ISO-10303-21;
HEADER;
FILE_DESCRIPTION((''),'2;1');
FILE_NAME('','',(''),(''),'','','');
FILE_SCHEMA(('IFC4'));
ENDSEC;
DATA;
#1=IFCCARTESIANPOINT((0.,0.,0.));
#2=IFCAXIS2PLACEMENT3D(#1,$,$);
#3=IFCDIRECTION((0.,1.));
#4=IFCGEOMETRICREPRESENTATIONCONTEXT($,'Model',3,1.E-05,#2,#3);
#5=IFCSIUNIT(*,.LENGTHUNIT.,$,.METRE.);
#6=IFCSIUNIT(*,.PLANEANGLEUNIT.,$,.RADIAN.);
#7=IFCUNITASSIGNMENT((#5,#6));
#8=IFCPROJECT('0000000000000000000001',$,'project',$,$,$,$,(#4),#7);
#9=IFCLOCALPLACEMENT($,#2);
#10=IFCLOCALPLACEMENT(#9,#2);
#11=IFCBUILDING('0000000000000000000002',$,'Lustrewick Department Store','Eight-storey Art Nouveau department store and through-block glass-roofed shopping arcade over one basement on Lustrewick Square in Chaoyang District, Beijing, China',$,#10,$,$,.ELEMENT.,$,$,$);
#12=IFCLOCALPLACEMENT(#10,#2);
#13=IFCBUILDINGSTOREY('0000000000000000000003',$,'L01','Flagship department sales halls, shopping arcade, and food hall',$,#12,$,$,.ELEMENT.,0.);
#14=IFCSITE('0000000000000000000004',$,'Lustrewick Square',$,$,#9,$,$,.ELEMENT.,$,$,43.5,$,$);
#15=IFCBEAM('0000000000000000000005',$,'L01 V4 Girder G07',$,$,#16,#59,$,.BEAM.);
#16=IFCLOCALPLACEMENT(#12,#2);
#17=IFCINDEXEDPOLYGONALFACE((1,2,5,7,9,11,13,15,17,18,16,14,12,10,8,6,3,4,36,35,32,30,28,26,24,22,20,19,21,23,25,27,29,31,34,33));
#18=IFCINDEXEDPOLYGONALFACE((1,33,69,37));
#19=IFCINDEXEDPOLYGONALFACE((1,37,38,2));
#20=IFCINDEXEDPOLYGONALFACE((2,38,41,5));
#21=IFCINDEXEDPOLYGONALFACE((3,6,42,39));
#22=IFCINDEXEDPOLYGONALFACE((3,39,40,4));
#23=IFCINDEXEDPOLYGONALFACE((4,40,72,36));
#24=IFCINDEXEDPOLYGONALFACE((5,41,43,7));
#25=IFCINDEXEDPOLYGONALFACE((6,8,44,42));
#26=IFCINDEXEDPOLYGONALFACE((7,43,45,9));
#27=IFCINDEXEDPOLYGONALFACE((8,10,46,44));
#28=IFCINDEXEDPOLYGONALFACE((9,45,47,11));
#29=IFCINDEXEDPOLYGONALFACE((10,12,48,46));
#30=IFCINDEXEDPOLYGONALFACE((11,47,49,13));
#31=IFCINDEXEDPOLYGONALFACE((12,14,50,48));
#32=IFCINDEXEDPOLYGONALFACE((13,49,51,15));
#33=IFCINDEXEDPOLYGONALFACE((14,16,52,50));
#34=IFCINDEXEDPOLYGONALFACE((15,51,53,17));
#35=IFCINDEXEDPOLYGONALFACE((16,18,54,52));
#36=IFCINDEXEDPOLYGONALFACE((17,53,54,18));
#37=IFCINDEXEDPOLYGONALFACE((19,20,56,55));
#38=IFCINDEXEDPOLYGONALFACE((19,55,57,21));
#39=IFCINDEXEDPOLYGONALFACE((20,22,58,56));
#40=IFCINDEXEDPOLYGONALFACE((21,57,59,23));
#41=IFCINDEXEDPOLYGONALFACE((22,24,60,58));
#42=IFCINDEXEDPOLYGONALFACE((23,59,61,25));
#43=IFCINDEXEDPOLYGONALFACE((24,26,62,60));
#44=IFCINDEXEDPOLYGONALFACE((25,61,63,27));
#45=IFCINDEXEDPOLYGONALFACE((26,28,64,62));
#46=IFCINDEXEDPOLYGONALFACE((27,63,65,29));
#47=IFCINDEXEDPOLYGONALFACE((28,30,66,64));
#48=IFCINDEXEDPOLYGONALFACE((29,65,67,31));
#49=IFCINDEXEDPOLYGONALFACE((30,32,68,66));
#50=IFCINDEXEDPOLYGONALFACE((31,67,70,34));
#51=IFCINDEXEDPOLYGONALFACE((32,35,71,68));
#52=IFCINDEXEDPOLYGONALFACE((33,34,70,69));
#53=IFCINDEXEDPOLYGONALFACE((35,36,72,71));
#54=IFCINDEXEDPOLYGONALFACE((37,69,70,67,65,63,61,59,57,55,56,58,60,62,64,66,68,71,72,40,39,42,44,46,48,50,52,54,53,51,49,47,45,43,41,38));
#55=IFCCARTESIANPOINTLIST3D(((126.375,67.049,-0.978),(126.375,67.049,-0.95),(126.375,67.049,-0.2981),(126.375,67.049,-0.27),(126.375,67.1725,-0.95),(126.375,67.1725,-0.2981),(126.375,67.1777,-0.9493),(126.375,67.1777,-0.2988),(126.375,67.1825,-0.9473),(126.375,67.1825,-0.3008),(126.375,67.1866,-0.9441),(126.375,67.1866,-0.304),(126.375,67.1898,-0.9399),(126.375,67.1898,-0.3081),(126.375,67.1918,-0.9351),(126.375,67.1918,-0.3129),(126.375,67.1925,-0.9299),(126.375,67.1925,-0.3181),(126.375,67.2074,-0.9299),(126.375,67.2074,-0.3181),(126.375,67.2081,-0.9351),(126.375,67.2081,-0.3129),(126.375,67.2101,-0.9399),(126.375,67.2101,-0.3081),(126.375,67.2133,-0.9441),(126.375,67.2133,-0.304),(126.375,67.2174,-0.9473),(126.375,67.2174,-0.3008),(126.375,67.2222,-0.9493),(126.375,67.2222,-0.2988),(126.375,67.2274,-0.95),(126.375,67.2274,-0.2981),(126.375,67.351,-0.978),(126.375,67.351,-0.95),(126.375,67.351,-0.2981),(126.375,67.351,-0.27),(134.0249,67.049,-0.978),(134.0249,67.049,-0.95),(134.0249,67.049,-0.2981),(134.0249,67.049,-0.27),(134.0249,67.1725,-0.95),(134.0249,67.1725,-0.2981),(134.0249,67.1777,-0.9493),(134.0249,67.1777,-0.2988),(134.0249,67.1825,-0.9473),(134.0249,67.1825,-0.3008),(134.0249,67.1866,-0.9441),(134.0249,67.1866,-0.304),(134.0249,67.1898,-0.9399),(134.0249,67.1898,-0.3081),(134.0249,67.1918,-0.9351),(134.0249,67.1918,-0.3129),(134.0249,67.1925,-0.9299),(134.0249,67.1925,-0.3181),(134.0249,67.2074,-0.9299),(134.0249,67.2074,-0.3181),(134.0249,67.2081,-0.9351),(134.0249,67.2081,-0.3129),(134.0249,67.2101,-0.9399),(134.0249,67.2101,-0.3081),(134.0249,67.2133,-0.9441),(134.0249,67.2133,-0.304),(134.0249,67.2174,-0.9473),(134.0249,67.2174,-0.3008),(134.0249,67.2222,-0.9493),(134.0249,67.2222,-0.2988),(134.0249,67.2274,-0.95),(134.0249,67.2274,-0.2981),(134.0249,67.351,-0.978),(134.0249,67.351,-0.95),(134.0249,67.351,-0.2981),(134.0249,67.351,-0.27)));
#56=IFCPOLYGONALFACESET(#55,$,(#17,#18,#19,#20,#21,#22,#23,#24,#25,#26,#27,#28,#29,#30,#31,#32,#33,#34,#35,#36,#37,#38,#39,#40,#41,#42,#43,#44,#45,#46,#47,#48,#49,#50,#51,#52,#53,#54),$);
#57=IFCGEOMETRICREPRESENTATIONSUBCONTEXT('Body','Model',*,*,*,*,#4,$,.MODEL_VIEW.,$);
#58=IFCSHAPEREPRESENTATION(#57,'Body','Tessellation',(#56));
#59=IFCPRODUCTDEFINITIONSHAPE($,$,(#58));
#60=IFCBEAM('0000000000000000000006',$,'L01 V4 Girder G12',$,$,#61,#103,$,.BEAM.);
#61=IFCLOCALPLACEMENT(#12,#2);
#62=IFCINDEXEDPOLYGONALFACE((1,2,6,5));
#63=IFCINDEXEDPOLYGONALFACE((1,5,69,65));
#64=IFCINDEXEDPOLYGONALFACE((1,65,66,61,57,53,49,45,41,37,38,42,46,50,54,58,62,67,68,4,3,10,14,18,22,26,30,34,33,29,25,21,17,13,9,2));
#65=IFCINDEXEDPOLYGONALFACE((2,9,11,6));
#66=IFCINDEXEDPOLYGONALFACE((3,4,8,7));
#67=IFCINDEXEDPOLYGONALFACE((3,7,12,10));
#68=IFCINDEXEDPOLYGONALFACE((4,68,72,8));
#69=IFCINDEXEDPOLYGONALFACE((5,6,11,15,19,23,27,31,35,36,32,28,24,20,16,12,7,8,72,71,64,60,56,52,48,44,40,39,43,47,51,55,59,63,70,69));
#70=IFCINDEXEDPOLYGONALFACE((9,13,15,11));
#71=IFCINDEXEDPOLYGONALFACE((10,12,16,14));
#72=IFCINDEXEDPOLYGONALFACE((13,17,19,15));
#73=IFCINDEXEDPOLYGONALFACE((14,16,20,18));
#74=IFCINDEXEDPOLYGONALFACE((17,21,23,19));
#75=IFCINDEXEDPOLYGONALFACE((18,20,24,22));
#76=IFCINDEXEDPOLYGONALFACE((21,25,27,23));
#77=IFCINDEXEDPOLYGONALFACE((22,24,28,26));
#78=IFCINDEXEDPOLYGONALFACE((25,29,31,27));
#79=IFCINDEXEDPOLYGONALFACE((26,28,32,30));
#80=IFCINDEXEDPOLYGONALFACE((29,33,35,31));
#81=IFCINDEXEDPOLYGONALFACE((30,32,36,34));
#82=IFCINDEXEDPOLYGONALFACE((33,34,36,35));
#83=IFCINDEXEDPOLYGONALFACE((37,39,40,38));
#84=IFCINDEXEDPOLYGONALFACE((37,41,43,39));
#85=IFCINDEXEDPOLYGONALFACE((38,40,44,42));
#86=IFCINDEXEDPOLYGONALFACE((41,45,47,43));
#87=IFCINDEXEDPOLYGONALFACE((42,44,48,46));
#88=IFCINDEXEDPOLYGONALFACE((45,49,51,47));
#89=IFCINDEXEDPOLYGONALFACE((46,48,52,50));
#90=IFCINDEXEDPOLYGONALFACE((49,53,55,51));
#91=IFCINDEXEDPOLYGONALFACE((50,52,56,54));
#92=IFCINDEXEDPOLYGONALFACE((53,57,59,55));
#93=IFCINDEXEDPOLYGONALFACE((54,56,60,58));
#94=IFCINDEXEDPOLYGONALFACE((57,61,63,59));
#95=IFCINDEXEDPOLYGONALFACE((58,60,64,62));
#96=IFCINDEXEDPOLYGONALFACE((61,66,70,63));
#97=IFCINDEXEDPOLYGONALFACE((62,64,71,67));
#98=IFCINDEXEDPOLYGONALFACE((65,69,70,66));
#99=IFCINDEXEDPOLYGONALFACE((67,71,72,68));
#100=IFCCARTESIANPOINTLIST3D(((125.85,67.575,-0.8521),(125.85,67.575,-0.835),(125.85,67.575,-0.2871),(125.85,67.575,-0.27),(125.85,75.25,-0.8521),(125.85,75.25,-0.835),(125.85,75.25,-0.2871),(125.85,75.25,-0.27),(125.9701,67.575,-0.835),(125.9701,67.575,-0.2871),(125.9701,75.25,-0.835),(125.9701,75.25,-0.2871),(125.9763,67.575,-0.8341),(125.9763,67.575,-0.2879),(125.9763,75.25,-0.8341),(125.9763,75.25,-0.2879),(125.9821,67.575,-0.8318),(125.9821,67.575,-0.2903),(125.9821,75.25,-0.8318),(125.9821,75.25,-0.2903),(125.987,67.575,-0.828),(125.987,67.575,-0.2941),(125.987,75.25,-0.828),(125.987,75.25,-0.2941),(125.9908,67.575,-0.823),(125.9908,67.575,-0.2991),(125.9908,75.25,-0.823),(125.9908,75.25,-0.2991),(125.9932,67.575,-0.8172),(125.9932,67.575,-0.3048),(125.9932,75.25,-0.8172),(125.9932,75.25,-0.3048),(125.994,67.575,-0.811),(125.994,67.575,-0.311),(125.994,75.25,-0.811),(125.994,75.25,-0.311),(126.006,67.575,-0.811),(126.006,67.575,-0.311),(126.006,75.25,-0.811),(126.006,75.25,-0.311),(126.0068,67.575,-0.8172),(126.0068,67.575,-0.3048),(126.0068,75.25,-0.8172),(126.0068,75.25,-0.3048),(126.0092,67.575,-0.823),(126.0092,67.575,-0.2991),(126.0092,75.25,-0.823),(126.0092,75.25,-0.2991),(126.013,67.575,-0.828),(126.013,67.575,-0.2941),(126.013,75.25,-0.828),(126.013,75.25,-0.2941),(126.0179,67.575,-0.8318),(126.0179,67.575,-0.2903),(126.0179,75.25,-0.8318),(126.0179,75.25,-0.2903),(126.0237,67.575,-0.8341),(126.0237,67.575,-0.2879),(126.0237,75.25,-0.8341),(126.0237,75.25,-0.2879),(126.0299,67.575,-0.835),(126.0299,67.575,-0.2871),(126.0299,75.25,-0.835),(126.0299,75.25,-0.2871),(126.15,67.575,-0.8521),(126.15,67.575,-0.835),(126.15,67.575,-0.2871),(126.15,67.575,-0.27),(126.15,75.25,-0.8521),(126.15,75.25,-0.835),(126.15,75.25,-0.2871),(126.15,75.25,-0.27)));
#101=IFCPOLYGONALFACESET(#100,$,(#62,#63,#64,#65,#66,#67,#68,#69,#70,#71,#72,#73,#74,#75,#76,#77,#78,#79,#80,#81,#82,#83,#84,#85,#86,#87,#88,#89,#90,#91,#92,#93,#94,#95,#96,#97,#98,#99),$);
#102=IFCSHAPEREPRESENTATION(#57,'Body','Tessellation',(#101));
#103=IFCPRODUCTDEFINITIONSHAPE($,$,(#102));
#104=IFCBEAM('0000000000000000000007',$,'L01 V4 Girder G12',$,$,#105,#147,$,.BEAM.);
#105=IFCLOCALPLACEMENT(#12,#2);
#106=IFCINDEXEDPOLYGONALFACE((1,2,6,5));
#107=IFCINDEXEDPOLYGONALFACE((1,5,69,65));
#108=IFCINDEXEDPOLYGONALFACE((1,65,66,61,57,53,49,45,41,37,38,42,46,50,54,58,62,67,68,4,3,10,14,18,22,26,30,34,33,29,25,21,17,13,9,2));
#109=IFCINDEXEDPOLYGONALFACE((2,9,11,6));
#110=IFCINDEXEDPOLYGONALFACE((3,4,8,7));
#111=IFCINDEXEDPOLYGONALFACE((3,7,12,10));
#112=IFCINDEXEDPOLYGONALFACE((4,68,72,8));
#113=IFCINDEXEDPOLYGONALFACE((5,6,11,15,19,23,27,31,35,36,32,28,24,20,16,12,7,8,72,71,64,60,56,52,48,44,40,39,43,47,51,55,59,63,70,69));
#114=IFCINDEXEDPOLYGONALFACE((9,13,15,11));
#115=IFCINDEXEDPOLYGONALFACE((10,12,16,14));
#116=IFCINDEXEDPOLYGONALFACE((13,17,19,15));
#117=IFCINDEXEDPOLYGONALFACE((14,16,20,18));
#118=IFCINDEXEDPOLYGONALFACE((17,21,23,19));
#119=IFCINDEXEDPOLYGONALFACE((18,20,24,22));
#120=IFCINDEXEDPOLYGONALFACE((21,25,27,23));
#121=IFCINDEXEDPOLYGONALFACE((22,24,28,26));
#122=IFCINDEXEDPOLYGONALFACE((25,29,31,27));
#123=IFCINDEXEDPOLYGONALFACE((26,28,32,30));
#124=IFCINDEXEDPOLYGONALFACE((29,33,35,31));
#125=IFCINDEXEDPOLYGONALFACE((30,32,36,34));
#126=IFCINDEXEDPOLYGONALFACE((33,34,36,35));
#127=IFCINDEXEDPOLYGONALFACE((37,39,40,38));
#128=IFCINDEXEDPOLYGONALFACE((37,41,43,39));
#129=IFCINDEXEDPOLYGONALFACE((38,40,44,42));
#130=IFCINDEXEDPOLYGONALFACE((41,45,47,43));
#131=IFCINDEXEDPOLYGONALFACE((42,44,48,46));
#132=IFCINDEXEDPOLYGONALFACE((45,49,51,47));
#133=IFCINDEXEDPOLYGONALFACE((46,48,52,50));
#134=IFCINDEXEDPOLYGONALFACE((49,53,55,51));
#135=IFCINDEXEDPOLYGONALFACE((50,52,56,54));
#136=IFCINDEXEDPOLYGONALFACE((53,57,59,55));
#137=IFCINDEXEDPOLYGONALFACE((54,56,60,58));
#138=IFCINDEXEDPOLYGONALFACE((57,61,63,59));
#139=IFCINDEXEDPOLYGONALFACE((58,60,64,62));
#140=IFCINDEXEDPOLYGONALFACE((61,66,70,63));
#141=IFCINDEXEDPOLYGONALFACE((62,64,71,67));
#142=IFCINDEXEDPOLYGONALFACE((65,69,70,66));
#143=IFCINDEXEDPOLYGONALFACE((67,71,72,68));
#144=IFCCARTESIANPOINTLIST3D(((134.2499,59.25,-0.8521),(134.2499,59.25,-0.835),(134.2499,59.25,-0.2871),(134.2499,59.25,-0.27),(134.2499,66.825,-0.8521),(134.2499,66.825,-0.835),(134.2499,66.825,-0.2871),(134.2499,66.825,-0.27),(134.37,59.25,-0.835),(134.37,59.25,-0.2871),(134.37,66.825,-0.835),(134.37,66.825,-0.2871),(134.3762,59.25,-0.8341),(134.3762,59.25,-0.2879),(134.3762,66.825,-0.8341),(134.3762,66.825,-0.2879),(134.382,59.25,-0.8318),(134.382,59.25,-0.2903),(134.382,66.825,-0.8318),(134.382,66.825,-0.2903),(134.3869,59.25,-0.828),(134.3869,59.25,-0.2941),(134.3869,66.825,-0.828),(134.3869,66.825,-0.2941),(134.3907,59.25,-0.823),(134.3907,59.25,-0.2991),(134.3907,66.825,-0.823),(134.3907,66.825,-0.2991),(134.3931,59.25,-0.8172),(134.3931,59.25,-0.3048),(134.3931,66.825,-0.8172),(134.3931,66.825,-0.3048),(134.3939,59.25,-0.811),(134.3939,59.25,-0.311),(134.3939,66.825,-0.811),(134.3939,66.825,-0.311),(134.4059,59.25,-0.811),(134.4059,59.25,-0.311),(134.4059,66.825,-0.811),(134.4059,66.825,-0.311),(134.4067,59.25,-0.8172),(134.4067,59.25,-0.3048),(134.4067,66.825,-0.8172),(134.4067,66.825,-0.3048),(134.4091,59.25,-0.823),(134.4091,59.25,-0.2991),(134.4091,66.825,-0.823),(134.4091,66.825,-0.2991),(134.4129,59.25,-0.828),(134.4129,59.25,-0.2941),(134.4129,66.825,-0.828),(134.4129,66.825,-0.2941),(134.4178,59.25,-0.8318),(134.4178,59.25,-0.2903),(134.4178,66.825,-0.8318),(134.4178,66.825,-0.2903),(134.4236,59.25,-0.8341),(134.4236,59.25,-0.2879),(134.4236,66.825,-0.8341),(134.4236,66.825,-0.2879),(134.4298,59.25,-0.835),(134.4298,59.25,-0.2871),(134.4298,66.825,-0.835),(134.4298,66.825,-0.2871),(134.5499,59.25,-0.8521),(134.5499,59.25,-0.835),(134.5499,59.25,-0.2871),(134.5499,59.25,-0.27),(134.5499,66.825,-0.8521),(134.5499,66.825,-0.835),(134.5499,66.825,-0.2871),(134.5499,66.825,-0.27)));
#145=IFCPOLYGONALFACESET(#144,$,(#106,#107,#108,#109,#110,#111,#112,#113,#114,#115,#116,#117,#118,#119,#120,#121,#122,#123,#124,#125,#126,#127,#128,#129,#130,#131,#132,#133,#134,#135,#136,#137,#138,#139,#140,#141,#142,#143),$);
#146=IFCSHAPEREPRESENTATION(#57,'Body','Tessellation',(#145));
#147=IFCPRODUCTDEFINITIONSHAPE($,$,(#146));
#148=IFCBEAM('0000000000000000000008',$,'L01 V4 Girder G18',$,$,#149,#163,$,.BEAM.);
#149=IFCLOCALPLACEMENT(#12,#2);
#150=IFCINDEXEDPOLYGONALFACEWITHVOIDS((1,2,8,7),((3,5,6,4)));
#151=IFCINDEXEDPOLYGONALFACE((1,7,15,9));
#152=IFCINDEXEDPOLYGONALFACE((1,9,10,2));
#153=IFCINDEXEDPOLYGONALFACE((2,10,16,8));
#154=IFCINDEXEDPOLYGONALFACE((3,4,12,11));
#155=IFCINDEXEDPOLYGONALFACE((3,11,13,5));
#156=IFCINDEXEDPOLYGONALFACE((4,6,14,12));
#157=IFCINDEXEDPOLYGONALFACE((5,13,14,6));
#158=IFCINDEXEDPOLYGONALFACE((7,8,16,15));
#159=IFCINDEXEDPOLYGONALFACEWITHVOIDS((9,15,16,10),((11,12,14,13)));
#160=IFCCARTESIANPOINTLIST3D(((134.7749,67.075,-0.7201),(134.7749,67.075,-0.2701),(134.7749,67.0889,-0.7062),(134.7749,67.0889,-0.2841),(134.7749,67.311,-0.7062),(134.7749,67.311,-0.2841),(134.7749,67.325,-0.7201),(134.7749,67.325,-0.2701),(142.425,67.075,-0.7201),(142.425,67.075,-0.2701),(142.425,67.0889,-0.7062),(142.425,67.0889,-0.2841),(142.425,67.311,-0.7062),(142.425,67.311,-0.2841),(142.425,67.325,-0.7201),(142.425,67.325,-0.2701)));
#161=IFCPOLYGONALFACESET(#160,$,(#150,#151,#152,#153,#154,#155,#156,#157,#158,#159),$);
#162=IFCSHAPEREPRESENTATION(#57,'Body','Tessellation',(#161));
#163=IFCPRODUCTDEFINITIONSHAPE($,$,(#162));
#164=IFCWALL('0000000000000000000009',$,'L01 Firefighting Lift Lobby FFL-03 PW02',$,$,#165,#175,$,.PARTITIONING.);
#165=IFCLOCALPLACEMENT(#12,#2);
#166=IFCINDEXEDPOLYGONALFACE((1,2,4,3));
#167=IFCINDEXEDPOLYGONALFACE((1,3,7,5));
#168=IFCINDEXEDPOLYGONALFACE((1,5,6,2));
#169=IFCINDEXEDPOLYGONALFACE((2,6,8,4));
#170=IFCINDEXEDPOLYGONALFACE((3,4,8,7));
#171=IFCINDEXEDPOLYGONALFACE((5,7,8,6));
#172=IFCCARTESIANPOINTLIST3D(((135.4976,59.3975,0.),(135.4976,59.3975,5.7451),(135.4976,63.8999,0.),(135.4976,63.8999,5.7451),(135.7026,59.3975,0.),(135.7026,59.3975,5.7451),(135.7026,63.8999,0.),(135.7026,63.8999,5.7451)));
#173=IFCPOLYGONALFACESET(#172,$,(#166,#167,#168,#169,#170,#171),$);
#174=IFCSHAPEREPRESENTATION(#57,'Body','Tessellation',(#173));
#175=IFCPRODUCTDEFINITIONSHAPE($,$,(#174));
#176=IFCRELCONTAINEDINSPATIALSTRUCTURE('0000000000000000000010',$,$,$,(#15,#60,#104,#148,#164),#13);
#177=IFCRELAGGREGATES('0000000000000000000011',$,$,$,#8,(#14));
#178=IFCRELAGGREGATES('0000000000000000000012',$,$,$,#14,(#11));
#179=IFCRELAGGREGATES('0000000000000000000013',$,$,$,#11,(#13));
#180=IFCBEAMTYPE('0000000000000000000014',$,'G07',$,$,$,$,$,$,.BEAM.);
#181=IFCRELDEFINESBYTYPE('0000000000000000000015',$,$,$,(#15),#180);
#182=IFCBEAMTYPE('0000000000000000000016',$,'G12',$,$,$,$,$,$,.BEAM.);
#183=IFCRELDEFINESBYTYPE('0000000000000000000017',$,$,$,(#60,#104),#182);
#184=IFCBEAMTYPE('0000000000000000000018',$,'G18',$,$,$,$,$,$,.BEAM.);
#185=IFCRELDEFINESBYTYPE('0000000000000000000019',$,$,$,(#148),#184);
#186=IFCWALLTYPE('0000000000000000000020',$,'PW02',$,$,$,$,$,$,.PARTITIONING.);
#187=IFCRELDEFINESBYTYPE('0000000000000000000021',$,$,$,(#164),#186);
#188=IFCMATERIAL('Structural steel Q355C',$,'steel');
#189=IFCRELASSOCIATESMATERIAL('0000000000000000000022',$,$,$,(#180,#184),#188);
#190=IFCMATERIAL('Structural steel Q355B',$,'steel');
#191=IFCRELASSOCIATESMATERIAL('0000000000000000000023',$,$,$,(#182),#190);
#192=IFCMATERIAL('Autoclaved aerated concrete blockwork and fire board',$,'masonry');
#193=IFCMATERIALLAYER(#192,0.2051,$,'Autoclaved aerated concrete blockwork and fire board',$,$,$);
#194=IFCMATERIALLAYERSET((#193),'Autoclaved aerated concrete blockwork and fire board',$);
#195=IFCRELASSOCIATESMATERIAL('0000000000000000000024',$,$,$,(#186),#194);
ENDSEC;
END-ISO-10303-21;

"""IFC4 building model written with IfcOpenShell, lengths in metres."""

from ifc_helpers import new_model, si_unit, direction, frame, frame_2d, origin, origin_2d, place, context, subcontext, project, spatial, rectangle, hollow_rectangle, i_section, extrude, material, layer, layer_set, material_profile, profile_set, type_object, element, save


model = new_model("IFC4")

# Units and contexts
model_context = context("Model", 3, precision=1e-05, world=origin(), true_north=direction((0.0, 1.0)))
body_context = subcontext(model_context, "Body", "Model", "MODEL_VIEW")
ifc_project = project(units=[si_unit("LENGTHUNIT", "METRE"), si_unit("PLANEANGLEUNIT", "RADIAN")], contexts=[model_context])

# Site, building, storey
site_placement = place(None, origin())
site = spatial("IfcSite", under=ifc_project, at=site_placement, Name="Lustrewick Square", CompositionType="ELEMENT", RefElevation=43.5)
building_placement = place(site_placement, origin())
building = spatial("IfcBuilding", under=site, at=building_placement, Name="Lustrewick Department Store", Description="Eight-storey Art Nouveau department store and through-block glass-roofed shopping arcade over one basement on Lustrewick Square in Chaoyang District, Beijing, China", CompositionType="ELEMENT")
storey_placement = place(building_placement, origin())
storey = spatial("IfcBuildingStorey", under=building, at=storey_placement, Name="L01", Description="Flagship department sales halls, shopping arcade, and food hall", CompositionType="ELEMENT", Elevation=0.0)

# Shared definitions
ifc_material_1 = material(Name="Structural steel Q355B", Category="steel")

# Beams
ifc_material_2 = material(Name="Structural steel Q355C", Category="steel")
ifc_material_profile_1 = material_profile(ifc_material_2, i_section(OverallWidth=0.302, OverallDepth=0.708, WebThickness=0.0149, FlangeThickness=0.0281, FilletRadius=0.02, at=origin_2d()), Name="HN 708x302x15x28")
ifc_profile_set_1 = profile_set([ifc_material_profile_1], Name="Structural steel Q355C")
beam_type_1 = type_object("IfcBeamType", Name="G07", PredefinedType="BEAM", material=ifc_profile_set_1)
beam_1_placement = place(storey_placement, frame((126.375, 67.2, -0.624), z_axis=(1.0, 0.0, 0.0), x_axis=(0.0, 1.0, 0.0)))
element("IfcBeam", 1, at=beam_1_placement, inside=storey, type_object=beam_type_1, Name="L01 V4 Girder G07", PredefinedType="BEAM", context=body_context, shape_type="SweptSolid", body=[
    extrude(i_section(OverallWidth=0.302, OverallDepth=0.708, WebThickness=0.0149, FlangeThickness=0.0281, FilletRadius=0.02, at=origin_2d()), origin(), (0.0, 0.0, 1.0), 7.6499),
])
ifc_material_profile_2 = material_profile(ifc_material_1, i_section(OverallWidth=0.3, OverallDepth=0.582, WebThickness=0.012, FlangeThickness=0.0171, FilletRadius=0.0239, at=origin_2d()), Name="HM 582x300x12x17")
ifc_profile_set_2 = profile_set([ifc_material_profile_2], Name="Structural steel Q355B")
beam_type_2 = type_object("IfcBeamType", Name="G12", PredefinedType="BEAM", material=ifc_profile_set_2)
beam_2_placement = place(storey_placement, frame((126.0, 67.575, -0.561), z_axis=(0.0, 1.0, 0.0), x_axis=(-1.0, 0.0, 0.0)))
element("IfcBeam", 2, at=beam_2_placement, inside=storey, type_object=beam_type_2, Name="L01 V4 Girder G12", PredefinedType="BEAM", context=body_context, shape_type="SweptSolid", body=[
    extrude(i_section(OverallWidth=0.3, OverallDepth=0.582, WebThickness=0.012, FlangeThickness=0.0171, FilletRadius=0.0239, at=origin_2d()), origin(), (0.0, 0.0, 1.0), 7.675),
])
beam_3_placement = place(storey_placement, frame((134.3999, 59.25, -0.561), z_axis=(0.0, 1.0, 0.0), x_axis=(-1.0, 0.0, 0.0)))
element("IfcBeam", 3, at=beam_3_placement, inside=storey, type_object=beam_type_2, Name="L01 V4 Girder G12", PredefinedType="BEAM", context=body_context, shape_type="SweptSolid", body=[
    extrude(i_section(OverallWidth=0.3, OverallDepth=0.582, WebThickness=0.012, FlangeThickness=0.0171, FilletRadius=0.0239, at=origin_2d()), origin(), (0.0, 0.0, 1.0), 7.575),
])
ifc_material_profile_3 = material_profile(ifc_material_2, hollow_rectangle(XDim=0.25, YDim=0.45, WallThickness=0.0139, at=origin_2d()), Name="RHS 450x250x14")
ifc_profile_set_3 = profile_set([ifc_material_profile_3], Name="Structural steel Q355C")
beam_type_3 = type_object("IfcBeamType", Name="G18", PredefinedType="BEAM", material=ifc_profile_set_3)
beam_4_placement = place(storey_placement, frame((134.7749, 67.2, -0.4951), z_axis=(1.0, 0.0, 0.0), x_axis=(0.0, 1.0, 0.0)))
element("IfcBeam", 4, at=beam_4_placement, inside=storey, type_object=beam_type_3, Name="L01 V4 Girder G18", PredefinedType="BEAM", context=body_context, shape_type="SweptSolid", body=[
    extrude(hollow_rectangle(XDim=0.25, YDim=0.45, WallThickness=0.0139, at=origin_2d()), origin(), (0.0, 0.0, 1.0), 7.6501),
])

# Shared definitions
ifc_material_3 = material(Name="Autoclaved aerated concrete blockwork and fire board", Category="masonry")
ifc_layer_1 = layer(ifc_material_3, 0.2051, Name="Autoclaved aerated concrete blockwork and fire board")
ifc_layer_set_1 = layer_set([ifc_layer_1], Name="Autoclaved aerated concrete blockwork and fire board")
wall_type_1 = type_object("IfcWallType", Name="PW02", PredefinedType="PARTITIONING", material=ifc_layer_set_1)

# Wall
wall_1_placement = place(storey_placement, frame((135.6001, 63.8999, 0.0), z_axis=(0.0, 0.0, 1.0), x_axis=(0.0, -1.0, 0.0)))
element("IfcWall", 5, at=wall_1_placement, inside=storey, type_object=wall_type_1, Name="L01 Firefighting Lift Lobby FFL-03 PW02", PredefinedType="PARTITIONING", context=body_context, shape_type="SweptSolid", body=[
    extrude(rectangle(XDim=4.5024, YDim=0.2051, at=frame_2d((2.2512, 0.0))), origin(), (0.0, 0.0, 1.0), 5.7451),
])

save(model, "model.ifc")
